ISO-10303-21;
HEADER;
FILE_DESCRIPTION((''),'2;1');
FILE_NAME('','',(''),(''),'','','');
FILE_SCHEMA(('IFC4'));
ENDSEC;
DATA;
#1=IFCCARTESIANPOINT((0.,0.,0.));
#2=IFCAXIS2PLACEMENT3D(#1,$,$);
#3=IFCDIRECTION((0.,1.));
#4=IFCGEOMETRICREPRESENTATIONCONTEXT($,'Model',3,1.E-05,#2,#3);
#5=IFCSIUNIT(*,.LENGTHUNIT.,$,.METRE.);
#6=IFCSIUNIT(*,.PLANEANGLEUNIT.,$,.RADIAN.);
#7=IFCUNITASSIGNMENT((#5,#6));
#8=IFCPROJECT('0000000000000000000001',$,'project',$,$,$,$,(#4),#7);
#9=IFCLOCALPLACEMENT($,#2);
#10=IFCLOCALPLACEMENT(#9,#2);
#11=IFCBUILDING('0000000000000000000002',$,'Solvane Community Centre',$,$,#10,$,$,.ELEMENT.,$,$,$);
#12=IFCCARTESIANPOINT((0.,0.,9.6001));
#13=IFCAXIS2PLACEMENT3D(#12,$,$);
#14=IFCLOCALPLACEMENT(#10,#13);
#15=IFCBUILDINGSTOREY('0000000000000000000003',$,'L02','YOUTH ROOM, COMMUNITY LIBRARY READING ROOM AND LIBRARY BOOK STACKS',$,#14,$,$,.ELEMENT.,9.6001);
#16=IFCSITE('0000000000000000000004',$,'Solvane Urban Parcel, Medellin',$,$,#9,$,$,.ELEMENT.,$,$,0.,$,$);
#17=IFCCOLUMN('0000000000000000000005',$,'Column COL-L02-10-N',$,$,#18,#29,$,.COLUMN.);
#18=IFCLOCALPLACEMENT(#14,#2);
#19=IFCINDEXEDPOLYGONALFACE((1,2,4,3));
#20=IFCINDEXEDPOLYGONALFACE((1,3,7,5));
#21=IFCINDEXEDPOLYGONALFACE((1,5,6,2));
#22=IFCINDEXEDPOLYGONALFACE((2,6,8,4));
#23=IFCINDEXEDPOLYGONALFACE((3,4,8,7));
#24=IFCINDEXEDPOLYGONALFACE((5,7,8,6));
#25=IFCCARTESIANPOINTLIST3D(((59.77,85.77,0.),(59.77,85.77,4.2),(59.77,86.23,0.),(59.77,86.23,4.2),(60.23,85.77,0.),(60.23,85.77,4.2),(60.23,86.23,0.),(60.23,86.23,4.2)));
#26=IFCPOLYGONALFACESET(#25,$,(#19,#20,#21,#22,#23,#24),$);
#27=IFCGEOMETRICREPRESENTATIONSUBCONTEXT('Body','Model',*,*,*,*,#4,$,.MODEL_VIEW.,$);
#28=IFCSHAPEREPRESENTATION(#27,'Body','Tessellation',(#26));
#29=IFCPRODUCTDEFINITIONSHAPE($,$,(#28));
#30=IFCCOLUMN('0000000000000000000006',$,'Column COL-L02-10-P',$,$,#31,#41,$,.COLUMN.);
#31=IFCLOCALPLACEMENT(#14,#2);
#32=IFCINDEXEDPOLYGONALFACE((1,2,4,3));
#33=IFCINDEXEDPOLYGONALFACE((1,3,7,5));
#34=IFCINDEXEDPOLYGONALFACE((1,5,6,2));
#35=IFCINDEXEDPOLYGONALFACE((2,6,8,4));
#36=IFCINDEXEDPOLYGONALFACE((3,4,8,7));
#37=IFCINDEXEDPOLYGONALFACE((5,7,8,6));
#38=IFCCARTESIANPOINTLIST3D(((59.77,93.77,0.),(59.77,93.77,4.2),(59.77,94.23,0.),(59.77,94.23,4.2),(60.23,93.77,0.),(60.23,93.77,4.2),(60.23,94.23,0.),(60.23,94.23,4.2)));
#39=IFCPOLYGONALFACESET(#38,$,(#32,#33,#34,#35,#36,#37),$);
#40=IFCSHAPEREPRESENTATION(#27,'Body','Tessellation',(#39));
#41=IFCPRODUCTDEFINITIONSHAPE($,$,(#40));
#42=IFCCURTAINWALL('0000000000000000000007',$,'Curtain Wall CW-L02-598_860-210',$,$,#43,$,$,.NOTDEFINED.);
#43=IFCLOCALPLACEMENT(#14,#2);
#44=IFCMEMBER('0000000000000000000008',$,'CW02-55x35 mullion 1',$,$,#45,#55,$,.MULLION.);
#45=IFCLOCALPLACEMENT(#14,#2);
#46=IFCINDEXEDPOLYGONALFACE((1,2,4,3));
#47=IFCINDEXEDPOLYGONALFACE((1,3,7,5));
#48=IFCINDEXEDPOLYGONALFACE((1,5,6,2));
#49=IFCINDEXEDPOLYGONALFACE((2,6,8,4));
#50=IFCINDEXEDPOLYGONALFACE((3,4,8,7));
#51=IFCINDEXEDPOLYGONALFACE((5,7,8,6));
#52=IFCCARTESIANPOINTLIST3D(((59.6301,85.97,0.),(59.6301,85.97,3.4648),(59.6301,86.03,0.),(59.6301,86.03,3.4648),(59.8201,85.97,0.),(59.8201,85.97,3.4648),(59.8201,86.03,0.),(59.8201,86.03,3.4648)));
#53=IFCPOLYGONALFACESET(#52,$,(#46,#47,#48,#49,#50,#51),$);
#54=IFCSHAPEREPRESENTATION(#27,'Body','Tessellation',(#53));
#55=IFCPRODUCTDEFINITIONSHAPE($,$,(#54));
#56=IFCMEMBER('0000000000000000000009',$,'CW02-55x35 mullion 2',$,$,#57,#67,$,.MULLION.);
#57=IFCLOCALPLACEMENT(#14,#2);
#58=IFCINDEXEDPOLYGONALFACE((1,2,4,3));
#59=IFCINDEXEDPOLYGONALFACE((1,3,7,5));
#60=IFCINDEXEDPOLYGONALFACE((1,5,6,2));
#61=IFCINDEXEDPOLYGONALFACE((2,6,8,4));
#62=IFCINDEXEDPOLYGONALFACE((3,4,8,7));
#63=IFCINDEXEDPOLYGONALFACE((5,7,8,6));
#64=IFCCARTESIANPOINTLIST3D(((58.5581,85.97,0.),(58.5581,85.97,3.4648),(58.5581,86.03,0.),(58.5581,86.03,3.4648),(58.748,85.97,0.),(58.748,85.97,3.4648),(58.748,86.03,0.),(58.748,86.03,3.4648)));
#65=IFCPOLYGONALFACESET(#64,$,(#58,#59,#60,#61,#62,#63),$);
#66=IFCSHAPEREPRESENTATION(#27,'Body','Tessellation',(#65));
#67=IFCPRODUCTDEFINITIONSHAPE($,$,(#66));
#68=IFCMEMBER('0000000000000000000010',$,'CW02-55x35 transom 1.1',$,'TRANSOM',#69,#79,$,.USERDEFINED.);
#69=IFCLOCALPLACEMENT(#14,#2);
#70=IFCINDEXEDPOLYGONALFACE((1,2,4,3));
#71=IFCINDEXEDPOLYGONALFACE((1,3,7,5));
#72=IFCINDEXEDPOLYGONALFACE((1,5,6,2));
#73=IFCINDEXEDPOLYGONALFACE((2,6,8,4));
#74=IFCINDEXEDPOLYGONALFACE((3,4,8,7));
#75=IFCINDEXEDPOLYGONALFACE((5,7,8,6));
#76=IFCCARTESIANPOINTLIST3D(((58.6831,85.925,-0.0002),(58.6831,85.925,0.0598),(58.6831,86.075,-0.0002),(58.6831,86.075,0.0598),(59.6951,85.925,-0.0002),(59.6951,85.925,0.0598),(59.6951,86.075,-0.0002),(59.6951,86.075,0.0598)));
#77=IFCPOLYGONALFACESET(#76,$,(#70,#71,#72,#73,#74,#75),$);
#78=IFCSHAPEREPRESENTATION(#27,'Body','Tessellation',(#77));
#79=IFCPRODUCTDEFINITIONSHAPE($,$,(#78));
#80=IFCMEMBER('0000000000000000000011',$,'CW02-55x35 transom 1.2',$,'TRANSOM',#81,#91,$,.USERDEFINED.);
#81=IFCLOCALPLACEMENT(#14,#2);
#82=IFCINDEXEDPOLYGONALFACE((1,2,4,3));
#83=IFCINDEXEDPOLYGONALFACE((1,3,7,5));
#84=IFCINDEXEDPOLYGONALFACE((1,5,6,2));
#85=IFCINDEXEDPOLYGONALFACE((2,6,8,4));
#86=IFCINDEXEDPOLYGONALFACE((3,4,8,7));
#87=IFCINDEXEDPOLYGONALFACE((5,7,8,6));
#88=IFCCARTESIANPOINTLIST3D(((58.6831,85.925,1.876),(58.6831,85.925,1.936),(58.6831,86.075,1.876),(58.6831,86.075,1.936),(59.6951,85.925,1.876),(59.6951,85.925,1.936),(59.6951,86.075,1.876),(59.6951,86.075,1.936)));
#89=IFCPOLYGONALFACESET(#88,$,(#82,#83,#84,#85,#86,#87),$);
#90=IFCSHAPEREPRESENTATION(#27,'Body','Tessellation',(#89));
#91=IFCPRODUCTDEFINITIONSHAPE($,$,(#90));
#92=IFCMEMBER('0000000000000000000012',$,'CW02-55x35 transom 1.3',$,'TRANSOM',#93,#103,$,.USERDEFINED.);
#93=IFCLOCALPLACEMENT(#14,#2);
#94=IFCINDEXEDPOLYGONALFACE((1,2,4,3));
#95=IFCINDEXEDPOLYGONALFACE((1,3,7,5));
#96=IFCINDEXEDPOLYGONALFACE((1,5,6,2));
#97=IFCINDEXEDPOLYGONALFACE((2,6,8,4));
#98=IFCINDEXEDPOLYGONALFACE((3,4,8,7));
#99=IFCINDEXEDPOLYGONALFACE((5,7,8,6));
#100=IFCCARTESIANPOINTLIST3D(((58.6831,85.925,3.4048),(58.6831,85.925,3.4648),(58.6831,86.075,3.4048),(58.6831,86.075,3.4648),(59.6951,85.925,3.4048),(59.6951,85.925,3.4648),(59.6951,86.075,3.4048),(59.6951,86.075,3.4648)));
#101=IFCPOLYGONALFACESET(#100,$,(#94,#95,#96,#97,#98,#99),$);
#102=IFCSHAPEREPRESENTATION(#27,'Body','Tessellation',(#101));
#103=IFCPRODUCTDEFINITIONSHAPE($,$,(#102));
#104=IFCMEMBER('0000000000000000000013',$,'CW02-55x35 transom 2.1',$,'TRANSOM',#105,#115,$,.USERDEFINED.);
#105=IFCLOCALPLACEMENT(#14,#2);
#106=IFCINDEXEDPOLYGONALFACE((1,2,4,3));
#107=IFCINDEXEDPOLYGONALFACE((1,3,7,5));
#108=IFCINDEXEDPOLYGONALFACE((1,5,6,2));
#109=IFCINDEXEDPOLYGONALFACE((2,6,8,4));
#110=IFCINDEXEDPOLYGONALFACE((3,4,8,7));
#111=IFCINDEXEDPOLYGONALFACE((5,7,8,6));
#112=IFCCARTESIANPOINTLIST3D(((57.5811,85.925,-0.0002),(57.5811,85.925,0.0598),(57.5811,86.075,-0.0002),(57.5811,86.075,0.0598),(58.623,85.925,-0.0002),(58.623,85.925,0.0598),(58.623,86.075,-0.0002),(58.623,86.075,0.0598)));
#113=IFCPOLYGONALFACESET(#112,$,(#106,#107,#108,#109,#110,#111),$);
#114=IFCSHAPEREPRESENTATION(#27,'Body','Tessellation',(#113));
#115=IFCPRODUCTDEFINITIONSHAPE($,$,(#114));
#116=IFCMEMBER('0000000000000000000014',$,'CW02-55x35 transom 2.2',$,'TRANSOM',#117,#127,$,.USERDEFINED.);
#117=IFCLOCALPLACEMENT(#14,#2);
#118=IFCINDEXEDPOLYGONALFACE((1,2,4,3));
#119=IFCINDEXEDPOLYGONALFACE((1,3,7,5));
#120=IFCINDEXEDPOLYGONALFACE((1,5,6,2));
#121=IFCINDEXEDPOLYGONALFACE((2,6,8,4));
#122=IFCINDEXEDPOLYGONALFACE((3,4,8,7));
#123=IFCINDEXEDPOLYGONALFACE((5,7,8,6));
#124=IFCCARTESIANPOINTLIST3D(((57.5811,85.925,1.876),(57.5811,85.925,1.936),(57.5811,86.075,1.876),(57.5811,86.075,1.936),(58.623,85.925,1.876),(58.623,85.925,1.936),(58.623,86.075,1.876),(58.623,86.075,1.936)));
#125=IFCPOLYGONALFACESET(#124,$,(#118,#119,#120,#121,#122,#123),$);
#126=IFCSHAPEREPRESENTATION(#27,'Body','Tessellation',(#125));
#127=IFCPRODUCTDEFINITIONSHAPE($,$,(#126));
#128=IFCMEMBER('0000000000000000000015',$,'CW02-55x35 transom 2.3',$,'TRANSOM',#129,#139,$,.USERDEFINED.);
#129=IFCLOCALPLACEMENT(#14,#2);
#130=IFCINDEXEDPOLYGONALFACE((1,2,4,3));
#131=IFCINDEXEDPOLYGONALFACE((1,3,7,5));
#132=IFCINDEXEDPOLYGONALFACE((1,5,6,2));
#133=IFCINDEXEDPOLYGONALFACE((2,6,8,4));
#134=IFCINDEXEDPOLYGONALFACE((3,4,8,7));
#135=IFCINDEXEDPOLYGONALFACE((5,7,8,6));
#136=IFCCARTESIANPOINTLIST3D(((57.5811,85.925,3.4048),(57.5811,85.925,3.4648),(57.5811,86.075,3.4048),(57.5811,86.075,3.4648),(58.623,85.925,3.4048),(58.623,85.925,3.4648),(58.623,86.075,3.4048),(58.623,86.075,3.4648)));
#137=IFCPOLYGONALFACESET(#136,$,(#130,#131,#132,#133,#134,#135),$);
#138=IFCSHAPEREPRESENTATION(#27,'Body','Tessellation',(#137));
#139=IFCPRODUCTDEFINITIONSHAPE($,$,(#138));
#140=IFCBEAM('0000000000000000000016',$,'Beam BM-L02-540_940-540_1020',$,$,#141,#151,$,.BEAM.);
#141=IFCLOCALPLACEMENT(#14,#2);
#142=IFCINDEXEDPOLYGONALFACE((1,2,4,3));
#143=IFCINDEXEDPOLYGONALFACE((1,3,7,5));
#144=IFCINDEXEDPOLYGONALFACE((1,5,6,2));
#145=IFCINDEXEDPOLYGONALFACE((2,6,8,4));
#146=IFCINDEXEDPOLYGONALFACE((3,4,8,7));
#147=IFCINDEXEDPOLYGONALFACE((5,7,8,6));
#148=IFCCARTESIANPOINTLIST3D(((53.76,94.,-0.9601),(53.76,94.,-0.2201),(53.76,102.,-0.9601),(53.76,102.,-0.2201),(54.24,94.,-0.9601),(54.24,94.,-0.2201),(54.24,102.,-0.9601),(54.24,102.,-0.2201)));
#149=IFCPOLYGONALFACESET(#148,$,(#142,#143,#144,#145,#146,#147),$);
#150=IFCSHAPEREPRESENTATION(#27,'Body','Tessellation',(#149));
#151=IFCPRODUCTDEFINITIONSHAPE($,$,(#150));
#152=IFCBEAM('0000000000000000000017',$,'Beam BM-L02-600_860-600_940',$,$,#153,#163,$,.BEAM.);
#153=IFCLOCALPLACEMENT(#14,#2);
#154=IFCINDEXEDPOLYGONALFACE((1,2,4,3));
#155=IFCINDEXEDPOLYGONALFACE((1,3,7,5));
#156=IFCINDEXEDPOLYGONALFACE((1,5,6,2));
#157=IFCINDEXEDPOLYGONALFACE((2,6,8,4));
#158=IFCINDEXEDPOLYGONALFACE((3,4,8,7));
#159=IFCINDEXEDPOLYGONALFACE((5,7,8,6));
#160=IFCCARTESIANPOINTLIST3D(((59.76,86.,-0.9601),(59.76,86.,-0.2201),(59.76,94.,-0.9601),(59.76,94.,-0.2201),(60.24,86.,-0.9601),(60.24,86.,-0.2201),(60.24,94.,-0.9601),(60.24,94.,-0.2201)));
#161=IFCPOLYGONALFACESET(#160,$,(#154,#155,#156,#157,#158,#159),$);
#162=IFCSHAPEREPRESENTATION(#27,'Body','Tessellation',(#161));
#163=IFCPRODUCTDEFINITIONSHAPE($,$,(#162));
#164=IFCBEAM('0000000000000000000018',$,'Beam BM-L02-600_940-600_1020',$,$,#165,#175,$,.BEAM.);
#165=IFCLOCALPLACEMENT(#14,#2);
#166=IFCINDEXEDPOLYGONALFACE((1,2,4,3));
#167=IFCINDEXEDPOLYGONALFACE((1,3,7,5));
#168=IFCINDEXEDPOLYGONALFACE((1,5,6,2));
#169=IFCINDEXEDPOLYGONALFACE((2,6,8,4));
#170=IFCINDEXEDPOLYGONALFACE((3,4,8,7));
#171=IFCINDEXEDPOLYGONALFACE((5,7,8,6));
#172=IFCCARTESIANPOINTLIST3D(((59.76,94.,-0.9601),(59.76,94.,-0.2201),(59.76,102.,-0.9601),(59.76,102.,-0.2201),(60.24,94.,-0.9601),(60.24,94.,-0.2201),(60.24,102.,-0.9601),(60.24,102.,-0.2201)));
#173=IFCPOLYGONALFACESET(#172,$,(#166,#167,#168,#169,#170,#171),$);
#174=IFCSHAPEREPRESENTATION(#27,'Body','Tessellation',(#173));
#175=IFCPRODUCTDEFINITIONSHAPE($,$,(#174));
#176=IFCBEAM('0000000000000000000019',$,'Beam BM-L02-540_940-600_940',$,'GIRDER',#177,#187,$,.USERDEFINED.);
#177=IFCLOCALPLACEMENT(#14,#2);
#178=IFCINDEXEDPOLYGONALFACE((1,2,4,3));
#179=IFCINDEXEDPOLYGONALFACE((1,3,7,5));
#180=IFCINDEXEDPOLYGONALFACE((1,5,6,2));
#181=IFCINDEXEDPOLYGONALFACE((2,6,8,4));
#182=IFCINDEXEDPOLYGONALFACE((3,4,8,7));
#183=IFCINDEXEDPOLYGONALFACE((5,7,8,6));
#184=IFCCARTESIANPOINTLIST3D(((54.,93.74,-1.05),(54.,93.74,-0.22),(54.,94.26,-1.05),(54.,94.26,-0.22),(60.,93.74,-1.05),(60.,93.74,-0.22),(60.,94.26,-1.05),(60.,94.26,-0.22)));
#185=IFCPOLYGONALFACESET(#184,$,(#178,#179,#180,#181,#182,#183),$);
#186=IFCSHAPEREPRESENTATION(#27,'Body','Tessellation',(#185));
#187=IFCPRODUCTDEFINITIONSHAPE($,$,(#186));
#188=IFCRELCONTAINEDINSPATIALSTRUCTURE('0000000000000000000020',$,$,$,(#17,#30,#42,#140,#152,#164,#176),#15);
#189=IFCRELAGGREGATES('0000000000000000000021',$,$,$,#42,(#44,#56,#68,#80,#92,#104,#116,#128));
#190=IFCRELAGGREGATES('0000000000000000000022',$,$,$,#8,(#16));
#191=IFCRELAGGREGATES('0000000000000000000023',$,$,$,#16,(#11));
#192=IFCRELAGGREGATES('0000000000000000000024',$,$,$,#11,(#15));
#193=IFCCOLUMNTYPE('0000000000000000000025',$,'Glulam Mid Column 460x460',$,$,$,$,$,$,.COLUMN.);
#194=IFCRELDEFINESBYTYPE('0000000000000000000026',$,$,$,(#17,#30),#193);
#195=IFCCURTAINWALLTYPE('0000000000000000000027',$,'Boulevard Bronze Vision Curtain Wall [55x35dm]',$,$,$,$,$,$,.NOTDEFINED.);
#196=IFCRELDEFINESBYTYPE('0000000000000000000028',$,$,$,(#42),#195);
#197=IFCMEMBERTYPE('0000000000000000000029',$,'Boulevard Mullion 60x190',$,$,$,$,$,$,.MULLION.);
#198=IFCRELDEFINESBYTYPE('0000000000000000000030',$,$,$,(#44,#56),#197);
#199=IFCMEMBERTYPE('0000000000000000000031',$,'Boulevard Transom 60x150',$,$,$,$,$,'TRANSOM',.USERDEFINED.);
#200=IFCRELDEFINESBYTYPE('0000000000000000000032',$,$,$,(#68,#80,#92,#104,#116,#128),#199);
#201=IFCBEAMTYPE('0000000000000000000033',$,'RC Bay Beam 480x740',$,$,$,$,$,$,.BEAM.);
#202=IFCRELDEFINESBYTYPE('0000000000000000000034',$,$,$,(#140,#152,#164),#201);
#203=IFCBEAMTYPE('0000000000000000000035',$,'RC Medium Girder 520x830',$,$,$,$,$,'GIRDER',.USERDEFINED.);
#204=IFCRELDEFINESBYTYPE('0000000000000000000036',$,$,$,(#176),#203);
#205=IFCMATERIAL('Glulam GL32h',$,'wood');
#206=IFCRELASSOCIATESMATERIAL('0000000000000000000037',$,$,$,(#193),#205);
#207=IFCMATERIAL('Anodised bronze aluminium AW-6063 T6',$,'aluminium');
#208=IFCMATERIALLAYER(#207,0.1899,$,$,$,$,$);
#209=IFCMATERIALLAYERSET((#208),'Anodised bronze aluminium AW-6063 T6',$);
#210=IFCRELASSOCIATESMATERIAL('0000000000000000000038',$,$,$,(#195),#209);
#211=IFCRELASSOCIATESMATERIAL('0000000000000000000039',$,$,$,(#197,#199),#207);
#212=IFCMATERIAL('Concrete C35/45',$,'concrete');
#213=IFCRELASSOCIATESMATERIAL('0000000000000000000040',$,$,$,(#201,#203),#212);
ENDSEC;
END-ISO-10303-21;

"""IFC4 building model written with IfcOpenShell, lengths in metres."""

from ifc_helpers import new_model, si_unit, direction, frame, origin, origin_2d, place, context, subcontext, project, spatial, rectangle, extrude, material, layer, layer_set, material_profile, profile_set, type_object, element, aggregate, save


model = new_model("IFC4")

# Units and contexts
model_context = context("Model", 3, precision=1e-05, world=origin(), true_north=direction((0.0, 1.0)))
body_context = subcontext(model_context, "Body", "Model", "MODEL_VIEW")
ifc_project = project(units=[si_unit("LENGTHUNIT", "METRE"), si_unit("PLANEANGLEUNIT", "RADIAN")], contexts=[model_context])

# Site, building, storey
site_placement = place(None, origin())
site = spatial("IfcSite", under=ifc_project, at=site_placement, Name="Solvane Urban Parcel, Medellin", CompositionType="ELEMENT", RefElevation=0.0)
building_placement = place(site_placement, origin())
building = spatial("IfcBuilding", under=site, at=building_placement, Name="Solvane Community Centre", CompositionType="ELEMENT")
storey_placement = place(building_placement, frame((0.0, 0.0, 9.6001)))
storey = spatial("IfcBuildingStorey", under=building, at=storey_placement, Name="L02", Description="YOUTH ROOM, COMMUNITY LIBRARY READING ROOM AND LIBRARY BOOK STACKS", CompositionType="ELEMENT", Elevation=9.6001)

# Columns
ifc_material_1 = material(Name="Glulam GL32h", Category="wood")
ifc_material_profile_1 = material_profile(ifc_material_1, rectangle(XDim=0.46, YDim=0.46, at=origin_2d()), Name="GL32h 460x460")
ifc_profile_set_1 = profile_set([ifc_material_profile_1], Name="Glulam GL32h")
column_type = type_object("IfcColumnType", Name="Glulam Mid Column 460x460", PredefinedType="COLUMN", material=ifc_profile_set_1)
for number, where, z_axis, x_axis, name in (
    (1, (60.0, 86.0, 0.0), (0.0, 0.0, 1.0), (1.0, 0.0, 0.0), "Column COL-L02-10-N"),
    (2, (60.0, 94.0, 0.0), (0.0, 0.0, 1.0), (1.0, 0.0, 0.0), "Column COL-L02-10-P"),
):
    element("IfcColumn", number, at=place(storey_placement, frame(where, z_axis=z_axis, x_axis=x_axis)), inside=storey, type_object=column_type, Name=name, PredefinedType="COLUMN", context=body_context, shape_type="SweptSolid", body=[
        extrude(rectangle(XDim=0.46, YDim=0.46, at=origin_2d()), origin(), (0.0, 0.0, 1.0), 4.2),
    ])

# Curtain wall, members
ifc_material_2 = material(Name="Anodised bronze aluminium AW-6063 T6", Category="aluminium")
ifc_layer_1 = layer(ifc_material_2, 0.1899)
ifc_layer_set_1 = layer_set([ifc_layer_1], Name="Anodised bronze aluminium AW-6063 T6")
curtain_wall_type = type_object("IfcCurtainWallType", Name="Boulevard Bronze Vision Curtain Wall [55x35dm]", PredefinedType="NOTDEFINED", material=ifc_layer_set_1)
curtain_wall_placement = place(storey_placement, origin())
curtain_wall = element("IfcCurtainWall", 3, at=curtain_wall_placement, inside=storey, type_object=curtain_wall_type, Name="Curtain Wall CW-L02-598_860-210", PredefinedType="NOTDEFINED")
ifc_material_profile_2 = material_profile(ifc_material_2, rectangle(XDim=0.0601, YDim=0.1899, at=origin_2d()), Name="CW-M 60x190")
ifc_profile_set_2 = profile_set([ifc_material_profile_2], Name="Anodised bronze aluminium AW-6063 T6")
member_type_1 = type_object("IfcMemberType", Name="Boulevard Mullion 60x190", PredefinedType="MULLION", material=ifc_profile_set_2)
member_1_placement = place(storey_placement, frame((59.7251, 86.0, 0.0), z_axis=(0.0, 0.0, 1.0), x_axis=(0.0, -1.0, 0.0)))
member_1 = element("IfcMember", 4, at=member_1_placement, type_object=member_type_1, Name="CW02-55x35 mullion 1", PredefinedType="MULLION", context=body_context, shape_type="SweptSolid", body=[
    extrude(rectangle(XDim=0.0601, YDim=0.1899, at=origin_2d()), origin(), (0.0, 0.0, 1.0), 3.4648),
])
member_2_placement = place(storey_placement, frame((58.6531, 86.0, 0.0), z_axis=(0.0, 0.0, 1.0), x_axis=(0.0, -1.0, 0.0)))
member_2 = element("IfcMember", 5, at=member_2_placement, type_object=member_type_1, Name="CW02-55x35 mullion 2", PredefinedType="MULLION", context=body_context, shape_type="SweptSolid", body=[
    extrude(rectangle(XDim=0.0601, YDim=0.1899, at=origin_2d()), origin(), (0.0, 0.0, 1.0), 3.4648),
])
ifc_material_profile_3 = material_profile(ifc_material_2, rectangle(XDim=0.1499, YDim=0.0601, at=origin_2d()), Name="CW-T 60x150")
ifc_profile_set_3 = profile_set([ifc_material_profile_3], Name="Anodised bronze aluminium AW-6063 T6")
member_type_2 = type_object("IfcMemberType", Name="Boulevard Transom 60x150", ElementType="TRANSOM", PredefinedType="USERDEFINED", material=ifc_profile_set_3)
member_3_placement = place(storey_placement, frame((59.6951, 86.0, 0.0298), z_axis=(-1.0, 0.0, 0.0), x_axis=(0.0, -1.0, 0.0)))
member_3 = element("IfcMember", 6, at=member_3_placement, type_object=member_type_2, Name="CW02-55x35 transom 1.1", ObjectType="TRANSOM", PredefinedType="USERDEFINED", context=body_context, shape_type="SweptSolid", body=[
    extrude(rectangle(XDim=0.1499, YDim=0.0601, at=origin_2d()), origin(), (0.0, 0.0, 1.0), 1.012),
])
member_4_placement = place(storey_placement, frame((59.6951, 86.0, 1.906), z_axis=(-1.0, 0.0, 0.0), x_axis=(0.0, -1.0, 0.0)))
member_4 = element("IfcMember", 7, at=member_4_placement, type_object=member_type_2, Name="CW02-55x35 transom 1.2", ObjectType="TRANSOM", PredefinedType="USERDEFINED", context=body_context, shape_type="SweptSolid", body=[
    extrude(rectangle(XDim=0.1499, YDim=0.0601, at=origin_2d()), origin(), (0.0, 0.0, 1.0), 1.012),
])
member_5_placement = place(storey_placement, frame((59.6951, 86.0, 3.4348), z_axis=(-1.0, 0.0, 0.0), x_axis=(0.0, -1.0, 0.0)))
member_5 = element("IfcMember", 8, at=member_5_placement, type_object=member_type_2, Name="CW02-55x35 transom 1.3", ObjectType="TRANSOM", PredefinedType="USERDEFINED", context=body_context, shape_type="SweptSolid", body=[
    extrude(rectangle(XDim=0.1499, YDim=0.0601, at=origin_2d()), origin(), (0.0, 0.0, 1.0), 1.012),
])
member_6_placement = place(storey_placement, frame((58.623, 86.0, 0.0298), z_axis=(-1.0, 0.0, 0.0), x_axis=(0.0, -1.0, 0.0)))
member_6 = element("IfcMember", 9, at=member_6_placement, type_object=member_type_2, Name="CW02-55x35 transom 2.1", ObjectType="TRANSOM", PredefinedType="USERDEFINED", context=body_context, shape_type="SweptSolid", body=[
    extrude(rectangle(XDim=0.1499, YDim=0.0601, at=origin_2d()), origin(), (0.0, 0.0, 1.0), 1.042),
])
member_7_placement = place(storey_placement, frame((58.623, 86.0, 1.906), z_axis=(-1.0, 0.0, 0.0), x_axis=(0.0, -1.0, 0.0)))
member_7 = element("IfcMember", 10, at=member_7_placement, type_object=member_type_2, Name="CW02-55x35 transom 2.2", ObjectType="TRANSOM", PredefinedType="USERDEFINED", context=body_context, shape_type="SweptSolid", body=[
    extrude(rectangle(XDim=0.1499, YDim=0.0601, at=origin_2d()), origin(), (0.0, 0.0, 1.0), 1.042),
])
member_8_placement = place(storey_placement, frame((58.623, 86.0, 3.4348), z_axis=(-1.0, 0.0, 0.0), x_axis=(0.0, -1.0, 0.0)))
member_8 = element("IfcMember", 11, at=member_8_placement, type_object=member_type_2, Name="CW02-55x35 transom 2.3", ObjectType="TRANSOM", PredefinedType="USERDEFINED", context=body_context, shape_type="SweptSolid", body=[
    extrude(rectangle(XDim=0.1499, YDim=0.0601, at=origin_2d()), origin(), (0.0, 0.0, 1.0), 1.042),
])

# Beams
ifc_material_3 = material(Name="Concrete C35/45", Category="concrete")
ifc_material_profile_4 = material_profile(ifc_material_3, rectangle(XDim=0.48, YDim=0.74, at=origin_2d()), Name="RC 480x740")
ifc_profile_set_4 = profile_set([ifc_material_profile_4], Name="Concrete C35/45")
beam_type_1 = type_object("IfcBeamType", Name="RC Bay Beam 480x740", PredefinedType="BEAM", material=ifc_profile_set_4)
for number, where, z_axis, x_axis, name in (
    (12, (54.0, 94.0, -0.5901), (0.0, 1.0, 0.0), (-1.0, 0.0, 0.0), "Beam BM-L02-540_940-540_1020"),
    (13, (60.0, 86.0, -0.5901), (0.0, 1.0, 0.0), (-1.0, 0.0, 0.0), "Beam BM-L02-600_860-600_940"),
    (14, (60.0, 94.0, -0.5901), (0.0, 1.0, 0.0), (-1.0, 0.0, 0.0), "Beam BM-L02-600_940-600_1020"),
):
    element("IfcBeam", number, at=place(storey_placement, frame(where, z_axis=z_axis, x_axis=x_axis)), inside=storey, type_object=beam_type_1, Name=name, PredefinedType="BEAM", context=body_context, shape_type="SweptSolid", body=[
        extrude(rectangle(XDim=0.48, YDim=0.74, at=origin_2d()), origin(), (0.0, 0.0, 1.0), 8.0),
    ])
ifc_material_profile_5 = material_profile(ifc_material_3, rectangle(XDim=0.52, YDim=0.8301, at=origin_2d()), Name="RC 520x830")
ifc_profile_set_5 = profile_set([ifc_material_profile_5], Name="Concrete C35/45")
beam_type_2 = type_object("IfcBeamType", Name="RC Medium Girder 520x830", ElementType="GIRDER", PredefinedType="USERDEFINED", material=ifc_profile_set_5)
beam_placement = place(storey_placement, frame((54.0, 94.0, -0.635), z_axis=(1.0, 0.0, 0.0), x_axis=(0.0, 1.0, 0.0)))
element("IfcBeam", 15, at=beam_placement, inside=storey, type_object=beam_type_2, Name="Beam BM-L02-540_940-600_940", ObjectType="GIRDER", PredefinedType="USERDEFINED", context=body_context, shape_type="SweptSolid", body=[
    extrude(rectangle(XDim=0.52, YDim=0.8301, at=origin_2d()), origin(), (0.0, 0.0, 1.0), 6.0),
])

aggregate(curtain_wall, [member_1, member_2, member_3, member_4, member_5, member_6, member_7, member_8])

save(model, "model.ifc")
